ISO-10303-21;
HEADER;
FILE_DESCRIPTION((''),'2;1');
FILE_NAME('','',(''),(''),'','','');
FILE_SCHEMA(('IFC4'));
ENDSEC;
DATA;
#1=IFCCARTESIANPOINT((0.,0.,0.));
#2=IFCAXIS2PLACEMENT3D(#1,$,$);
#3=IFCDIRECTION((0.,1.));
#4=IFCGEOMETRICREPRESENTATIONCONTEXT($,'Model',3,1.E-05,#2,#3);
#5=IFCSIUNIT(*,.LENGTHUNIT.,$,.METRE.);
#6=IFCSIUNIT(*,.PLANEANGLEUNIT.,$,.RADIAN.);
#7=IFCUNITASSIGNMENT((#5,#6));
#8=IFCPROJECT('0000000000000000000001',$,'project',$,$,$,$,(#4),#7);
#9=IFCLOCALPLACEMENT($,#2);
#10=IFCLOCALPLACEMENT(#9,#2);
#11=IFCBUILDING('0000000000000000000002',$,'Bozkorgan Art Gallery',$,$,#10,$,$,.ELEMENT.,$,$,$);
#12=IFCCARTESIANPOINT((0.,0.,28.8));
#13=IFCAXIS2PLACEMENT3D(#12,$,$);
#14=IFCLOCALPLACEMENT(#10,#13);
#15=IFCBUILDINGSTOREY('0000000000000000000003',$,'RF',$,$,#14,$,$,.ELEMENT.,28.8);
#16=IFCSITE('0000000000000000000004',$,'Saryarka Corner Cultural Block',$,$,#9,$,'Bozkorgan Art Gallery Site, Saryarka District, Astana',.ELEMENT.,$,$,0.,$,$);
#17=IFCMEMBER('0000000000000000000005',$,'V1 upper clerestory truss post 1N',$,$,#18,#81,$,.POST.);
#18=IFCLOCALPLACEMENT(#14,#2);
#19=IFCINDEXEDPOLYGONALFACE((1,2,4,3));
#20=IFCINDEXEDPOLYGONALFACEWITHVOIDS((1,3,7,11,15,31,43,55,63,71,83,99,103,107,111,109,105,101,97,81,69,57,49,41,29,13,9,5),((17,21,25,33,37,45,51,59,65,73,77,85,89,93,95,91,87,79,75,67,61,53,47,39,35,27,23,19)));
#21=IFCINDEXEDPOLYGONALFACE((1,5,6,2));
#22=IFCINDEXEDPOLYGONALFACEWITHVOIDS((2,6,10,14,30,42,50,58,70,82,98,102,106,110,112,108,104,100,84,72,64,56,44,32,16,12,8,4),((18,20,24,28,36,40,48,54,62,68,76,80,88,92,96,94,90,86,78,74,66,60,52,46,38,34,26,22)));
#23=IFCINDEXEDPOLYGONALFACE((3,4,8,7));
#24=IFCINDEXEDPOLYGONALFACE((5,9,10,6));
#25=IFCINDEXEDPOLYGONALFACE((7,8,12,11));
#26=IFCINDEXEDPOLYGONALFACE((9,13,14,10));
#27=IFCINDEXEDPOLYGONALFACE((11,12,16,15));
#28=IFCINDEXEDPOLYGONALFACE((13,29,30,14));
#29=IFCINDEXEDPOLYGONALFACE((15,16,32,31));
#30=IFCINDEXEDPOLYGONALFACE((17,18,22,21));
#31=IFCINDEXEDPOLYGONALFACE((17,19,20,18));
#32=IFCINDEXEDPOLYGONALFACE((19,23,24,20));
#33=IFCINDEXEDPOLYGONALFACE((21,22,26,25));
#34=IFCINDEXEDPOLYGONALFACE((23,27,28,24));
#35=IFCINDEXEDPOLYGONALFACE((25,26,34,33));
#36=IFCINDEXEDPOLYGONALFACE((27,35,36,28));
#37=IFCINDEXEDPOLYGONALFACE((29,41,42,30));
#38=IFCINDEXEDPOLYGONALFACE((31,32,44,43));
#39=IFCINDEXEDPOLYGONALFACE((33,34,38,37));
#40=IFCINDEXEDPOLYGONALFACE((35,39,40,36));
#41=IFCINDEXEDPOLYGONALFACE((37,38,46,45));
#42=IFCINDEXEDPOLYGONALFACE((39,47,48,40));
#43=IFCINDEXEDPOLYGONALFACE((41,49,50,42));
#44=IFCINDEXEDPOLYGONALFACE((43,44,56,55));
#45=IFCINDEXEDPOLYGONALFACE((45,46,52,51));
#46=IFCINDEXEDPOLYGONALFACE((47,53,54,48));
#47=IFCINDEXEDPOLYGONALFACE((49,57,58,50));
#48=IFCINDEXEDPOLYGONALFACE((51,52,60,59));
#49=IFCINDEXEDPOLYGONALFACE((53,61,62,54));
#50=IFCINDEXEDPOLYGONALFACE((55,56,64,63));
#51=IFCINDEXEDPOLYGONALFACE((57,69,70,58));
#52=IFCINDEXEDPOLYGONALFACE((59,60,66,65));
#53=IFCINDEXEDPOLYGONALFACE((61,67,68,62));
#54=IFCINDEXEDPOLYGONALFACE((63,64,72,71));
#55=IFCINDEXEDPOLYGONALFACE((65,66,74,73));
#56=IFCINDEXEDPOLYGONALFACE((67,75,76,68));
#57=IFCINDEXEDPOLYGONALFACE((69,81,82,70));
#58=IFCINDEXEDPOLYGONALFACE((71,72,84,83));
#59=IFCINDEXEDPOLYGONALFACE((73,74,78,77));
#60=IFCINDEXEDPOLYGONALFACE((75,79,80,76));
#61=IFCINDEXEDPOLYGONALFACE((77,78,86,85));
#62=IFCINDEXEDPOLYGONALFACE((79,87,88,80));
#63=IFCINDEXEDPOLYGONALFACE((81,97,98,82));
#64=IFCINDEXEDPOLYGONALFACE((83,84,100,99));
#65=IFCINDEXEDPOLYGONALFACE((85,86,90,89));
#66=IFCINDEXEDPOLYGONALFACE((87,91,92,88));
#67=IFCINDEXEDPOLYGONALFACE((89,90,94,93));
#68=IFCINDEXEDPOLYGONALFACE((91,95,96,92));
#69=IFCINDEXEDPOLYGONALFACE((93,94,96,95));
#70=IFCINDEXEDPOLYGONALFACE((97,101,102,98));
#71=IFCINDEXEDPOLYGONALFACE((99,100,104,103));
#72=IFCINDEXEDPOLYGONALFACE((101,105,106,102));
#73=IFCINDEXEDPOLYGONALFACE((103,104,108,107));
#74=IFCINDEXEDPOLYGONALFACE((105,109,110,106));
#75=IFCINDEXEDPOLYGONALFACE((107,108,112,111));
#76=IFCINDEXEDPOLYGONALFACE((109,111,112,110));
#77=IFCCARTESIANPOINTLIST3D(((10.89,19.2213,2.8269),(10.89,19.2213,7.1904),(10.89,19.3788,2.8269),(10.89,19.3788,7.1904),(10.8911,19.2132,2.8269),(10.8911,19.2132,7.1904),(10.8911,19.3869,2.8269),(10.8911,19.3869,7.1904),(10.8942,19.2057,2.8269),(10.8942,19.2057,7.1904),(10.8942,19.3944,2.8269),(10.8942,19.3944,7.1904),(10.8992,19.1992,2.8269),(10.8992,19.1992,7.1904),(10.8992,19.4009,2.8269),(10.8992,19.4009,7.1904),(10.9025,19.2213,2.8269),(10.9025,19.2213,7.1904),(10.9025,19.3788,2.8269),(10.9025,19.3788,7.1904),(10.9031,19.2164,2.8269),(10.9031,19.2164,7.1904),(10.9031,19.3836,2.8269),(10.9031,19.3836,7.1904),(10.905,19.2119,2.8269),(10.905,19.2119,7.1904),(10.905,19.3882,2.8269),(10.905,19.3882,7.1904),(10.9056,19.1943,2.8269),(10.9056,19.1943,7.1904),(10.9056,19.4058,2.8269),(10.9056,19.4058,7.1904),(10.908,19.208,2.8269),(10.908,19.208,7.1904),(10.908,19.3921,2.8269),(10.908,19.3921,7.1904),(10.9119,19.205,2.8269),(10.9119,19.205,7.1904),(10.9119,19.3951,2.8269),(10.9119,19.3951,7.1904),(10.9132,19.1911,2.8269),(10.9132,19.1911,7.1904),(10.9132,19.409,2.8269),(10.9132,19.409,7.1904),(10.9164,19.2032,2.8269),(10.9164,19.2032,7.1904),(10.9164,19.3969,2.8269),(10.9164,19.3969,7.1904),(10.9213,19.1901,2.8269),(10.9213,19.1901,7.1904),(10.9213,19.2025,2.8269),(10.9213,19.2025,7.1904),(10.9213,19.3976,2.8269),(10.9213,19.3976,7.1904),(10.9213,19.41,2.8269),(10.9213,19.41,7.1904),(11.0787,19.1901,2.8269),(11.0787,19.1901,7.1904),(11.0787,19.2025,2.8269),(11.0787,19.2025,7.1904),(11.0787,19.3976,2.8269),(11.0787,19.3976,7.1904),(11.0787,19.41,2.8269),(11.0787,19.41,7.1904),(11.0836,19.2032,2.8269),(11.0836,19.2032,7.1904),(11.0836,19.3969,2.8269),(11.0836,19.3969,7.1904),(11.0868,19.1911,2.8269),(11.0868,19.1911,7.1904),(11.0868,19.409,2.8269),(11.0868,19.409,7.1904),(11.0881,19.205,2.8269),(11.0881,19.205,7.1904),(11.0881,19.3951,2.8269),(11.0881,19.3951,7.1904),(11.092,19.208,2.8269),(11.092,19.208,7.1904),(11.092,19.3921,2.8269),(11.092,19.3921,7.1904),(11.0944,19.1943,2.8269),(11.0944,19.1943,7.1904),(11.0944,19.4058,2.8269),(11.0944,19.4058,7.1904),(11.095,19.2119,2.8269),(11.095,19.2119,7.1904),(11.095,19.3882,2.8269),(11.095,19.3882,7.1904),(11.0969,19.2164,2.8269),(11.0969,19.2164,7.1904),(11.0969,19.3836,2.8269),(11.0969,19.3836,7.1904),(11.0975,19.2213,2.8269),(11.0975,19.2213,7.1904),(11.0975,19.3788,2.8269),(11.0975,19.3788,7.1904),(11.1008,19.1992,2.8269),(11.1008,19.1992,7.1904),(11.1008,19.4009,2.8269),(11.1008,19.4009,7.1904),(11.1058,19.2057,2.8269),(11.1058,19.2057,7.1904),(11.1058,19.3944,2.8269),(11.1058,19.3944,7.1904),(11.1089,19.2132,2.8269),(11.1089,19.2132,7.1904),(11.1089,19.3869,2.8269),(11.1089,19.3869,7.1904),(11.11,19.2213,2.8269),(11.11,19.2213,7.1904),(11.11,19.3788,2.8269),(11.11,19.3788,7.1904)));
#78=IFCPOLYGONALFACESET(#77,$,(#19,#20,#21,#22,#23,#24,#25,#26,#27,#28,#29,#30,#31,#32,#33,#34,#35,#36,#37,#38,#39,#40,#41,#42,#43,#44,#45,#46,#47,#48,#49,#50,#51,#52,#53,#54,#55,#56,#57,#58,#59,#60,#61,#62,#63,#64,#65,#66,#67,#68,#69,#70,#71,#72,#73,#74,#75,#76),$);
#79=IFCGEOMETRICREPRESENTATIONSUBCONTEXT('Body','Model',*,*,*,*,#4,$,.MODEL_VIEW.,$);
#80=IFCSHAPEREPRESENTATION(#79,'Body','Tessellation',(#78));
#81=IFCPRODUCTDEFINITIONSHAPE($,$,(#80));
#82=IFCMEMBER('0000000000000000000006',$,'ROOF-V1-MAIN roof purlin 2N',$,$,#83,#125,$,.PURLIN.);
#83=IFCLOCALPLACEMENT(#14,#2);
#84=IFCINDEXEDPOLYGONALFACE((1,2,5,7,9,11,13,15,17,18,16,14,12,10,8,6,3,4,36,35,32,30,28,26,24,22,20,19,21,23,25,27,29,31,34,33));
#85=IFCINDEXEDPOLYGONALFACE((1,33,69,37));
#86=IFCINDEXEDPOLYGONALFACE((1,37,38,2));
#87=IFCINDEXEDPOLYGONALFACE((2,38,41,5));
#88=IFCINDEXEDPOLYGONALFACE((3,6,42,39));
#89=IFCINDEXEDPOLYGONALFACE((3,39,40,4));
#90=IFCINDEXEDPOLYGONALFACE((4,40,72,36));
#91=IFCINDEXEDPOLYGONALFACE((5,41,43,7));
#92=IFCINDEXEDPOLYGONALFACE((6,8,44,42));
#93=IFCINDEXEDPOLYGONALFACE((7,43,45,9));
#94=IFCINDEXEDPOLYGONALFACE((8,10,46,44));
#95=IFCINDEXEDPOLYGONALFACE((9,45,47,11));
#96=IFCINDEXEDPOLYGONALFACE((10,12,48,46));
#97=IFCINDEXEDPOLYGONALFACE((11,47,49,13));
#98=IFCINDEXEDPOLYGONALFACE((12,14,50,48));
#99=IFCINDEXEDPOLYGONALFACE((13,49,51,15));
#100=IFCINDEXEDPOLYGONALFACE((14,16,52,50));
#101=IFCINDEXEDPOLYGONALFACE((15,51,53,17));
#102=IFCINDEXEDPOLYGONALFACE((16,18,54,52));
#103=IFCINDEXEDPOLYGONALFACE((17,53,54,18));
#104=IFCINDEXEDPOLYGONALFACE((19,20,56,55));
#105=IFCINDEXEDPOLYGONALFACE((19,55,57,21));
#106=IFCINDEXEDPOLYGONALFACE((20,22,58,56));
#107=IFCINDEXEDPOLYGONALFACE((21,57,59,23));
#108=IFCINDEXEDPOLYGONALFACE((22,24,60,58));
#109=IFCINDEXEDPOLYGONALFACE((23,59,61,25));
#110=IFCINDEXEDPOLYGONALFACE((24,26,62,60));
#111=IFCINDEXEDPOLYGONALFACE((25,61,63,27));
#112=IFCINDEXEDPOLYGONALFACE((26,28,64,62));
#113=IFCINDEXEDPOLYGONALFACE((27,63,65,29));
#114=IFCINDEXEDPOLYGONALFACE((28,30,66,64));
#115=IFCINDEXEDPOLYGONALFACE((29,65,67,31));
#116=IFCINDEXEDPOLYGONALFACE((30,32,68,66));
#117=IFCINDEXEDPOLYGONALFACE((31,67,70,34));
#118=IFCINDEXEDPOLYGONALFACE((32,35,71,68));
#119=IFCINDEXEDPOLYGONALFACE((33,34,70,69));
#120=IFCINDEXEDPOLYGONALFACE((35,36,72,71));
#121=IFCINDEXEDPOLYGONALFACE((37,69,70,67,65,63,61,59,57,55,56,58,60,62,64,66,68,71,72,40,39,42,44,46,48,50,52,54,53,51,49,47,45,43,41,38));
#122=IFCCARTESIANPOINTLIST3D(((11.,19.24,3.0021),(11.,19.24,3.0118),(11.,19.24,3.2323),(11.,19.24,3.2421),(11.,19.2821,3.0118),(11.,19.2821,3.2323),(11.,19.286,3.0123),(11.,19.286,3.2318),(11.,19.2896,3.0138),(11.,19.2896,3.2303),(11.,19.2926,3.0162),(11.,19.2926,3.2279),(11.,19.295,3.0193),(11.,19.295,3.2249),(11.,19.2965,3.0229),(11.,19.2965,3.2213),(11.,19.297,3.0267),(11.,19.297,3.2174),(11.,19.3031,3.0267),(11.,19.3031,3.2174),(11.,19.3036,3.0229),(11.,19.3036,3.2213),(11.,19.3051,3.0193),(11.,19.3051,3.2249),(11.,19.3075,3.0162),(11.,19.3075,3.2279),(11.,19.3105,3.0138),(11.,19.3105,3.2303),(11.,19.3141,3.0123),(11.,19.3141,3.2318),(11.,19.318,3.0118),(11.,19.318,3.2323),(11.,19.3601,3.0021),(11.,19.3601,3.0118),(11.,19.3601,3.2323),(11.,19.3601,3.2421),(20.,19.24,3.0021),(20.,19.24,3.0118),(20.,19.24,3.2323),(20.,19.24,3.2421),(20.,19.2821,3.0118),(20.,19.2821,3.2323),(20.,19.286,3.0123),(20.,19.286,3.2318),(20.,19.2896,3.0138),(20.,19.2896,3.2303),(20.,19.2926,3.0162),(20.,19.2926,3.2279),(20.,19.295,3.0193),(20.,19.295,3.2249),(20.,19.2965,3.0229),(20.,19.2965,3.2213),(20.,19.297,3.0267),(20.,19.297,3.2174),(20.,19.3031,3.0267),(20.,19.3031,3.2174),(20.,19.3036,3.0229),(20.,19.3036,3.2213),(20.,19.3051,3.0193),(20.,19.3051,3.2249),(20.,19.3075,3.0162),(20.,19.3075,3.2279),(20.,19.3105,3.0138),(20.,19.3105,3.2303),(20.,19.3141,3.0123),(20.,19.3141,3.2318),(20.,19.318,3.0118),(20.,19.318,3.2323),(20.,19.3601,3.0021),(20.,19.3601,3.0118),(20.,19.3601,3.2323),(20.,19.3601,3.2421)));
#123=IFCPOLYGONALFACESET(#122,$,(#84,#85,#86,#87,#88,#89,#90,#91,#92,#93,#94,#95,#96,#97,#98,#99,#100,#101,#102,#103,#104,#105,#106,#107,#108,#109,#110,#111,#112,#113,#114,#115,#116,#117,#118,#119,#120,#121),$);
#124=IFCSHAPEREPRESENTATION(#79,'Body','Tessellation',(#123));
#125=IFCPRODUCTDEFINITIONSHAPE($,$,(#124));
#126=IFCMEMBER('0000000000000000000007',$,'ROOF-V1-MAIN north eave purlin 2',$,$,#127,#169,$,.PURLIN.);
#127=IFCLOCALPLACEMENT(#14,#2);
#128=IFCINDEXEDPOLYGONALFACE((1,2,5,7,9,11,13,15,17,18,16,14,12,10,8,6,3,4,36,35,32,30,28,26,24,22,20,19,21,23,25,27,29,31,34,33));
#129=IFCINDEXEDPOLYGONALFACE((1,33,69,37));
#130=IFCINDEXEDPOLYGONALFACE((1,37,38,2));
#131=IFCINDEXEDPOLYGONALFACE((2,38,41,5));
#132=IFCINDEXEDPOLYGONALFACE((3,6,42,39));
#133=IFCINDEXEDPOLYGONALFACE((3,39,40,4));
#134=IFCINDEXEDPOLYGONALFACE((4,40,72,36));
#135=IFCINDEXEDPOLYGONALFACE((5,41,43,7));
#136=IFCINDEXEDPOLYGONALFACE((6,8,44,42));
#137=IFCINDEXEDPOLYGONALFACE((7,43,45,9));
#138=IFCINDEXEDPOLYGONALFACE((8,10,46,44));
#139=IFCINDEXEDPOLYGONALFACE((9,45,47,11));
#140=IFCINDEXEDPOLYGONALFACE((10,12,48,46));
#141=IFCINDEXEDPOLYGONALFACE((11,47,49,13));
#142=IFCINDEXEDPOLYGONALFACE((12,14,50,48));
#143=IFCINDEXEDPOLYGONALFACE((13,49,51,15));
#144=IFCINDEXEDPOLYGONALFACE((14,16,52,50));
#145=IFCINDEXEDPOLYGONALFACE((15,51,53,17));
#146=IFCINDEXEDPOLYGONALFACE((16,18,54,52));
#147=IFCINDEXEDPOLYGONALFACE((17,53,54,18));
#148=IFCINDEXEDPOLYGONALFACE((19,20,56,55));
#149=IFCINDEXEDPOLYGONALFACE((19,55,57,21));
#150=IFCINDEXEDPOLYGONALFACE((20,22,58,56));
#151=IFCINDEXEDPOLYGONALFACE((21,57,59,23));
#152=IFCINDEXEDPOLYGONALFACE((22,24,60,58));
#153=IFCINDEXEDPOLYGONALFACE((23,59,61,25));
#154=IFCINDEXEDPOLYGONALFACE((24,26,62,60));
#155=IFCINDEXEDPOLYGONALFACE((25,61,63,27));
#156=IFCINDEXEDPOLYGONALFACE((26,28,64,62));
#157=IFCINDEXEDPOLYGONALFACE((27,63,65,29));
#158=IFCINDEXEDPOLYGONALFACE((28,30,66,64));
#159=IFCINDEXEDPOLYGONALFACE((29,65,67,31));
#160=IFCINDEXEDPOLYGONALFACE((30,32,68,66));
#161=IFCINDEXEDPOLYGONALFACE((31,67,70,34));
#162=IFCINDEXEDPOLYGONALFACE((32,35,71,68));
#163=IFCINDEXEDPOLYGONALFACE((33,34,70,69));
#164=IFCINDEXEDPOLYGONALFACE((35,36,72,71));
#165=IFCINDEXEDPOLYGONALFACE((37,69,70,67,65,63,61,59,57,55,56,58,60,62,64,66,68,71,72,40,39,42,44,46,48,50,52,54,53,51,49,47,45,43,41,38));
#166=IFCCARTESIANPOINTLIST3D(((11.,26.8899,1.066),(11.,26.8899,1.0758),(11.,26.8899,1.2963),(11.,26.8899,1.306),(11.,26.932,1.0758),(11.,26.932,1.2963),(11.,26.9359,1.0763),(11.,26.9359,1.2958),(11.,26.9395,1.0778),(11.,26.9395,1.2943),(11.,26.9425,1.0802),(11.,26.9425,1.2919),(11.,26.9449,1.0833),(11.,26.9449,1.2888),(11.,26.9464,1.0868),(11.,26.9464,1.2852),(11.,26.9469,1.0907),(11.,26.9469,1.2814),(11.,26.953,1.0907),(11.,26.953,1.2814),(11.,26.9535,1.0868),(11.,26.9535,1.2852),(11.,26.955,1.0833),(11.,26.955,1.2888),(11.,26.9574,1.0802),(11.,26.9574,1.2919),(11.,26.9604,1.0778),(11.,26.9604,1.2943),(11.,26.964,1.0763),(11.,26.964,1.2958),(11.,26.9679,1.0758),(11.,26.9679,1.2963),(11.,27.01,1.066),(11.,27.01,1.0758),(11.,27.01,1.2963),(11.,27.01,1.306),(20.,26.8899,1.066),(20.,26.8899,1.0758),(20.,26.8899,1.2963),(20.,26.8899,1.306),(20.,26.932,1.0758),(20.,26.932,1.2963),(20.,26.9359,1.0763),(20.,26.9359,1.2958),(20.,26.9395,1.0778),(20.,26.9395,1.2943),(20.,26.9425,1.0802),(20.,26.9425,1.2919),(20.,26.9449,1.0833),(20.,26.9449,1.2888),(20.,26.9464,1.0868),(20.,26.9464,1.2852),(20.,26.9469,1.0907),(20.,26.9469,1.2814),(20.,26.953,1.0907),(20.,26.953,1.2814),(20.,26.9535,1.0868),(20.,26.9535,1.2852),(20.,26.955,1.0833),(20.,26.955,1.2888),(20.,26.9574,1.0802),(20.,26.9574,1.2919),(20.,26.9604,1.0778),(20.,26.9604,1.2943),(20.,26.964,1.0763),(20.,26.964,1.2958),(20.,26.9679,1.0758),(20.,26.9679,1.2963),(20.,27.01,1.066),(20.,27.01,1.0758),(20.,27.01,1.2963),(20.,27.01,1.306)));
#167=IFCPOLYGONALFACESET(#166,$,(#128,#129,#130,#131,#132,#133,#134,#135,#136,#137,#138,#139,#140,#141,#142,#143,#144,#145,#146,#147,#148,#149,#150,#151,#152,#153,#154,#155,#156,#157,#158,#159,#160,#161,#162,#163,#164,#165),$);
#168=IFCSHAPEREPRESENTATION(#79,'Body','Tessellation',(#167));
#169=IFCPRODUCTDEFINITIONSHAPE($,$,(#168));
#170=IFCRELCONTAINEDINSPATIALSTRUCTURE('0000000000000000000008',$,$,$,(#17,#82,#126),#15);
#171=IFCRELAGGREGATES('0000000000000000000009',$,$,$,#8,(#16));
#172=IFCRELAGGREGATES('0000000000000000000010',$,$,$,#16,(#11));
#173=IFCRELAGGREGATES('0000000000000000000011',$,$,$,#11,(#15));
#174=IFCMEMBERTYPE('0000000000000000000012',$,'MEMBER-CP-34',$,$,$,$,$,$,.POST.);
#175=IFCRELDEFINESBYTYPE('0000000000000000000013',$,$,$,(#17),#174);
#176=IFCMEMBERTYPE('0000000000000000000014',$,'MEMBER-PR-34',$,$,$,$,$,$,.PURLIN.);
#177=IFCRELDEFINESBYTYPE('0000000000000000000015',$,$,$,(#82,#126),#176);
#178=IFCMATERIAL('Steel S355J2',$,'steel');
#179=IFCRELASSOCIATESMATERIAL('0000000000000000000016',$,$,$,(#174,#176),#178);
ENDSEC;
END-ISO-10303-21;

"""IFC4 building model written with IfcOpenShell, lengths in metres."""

from ifc_helpers import new_model, si_unit, direction, frame, origin, origin_2d, place, context, subcontext, project, spatial, hollow_rectangle, i_section, extrude, material, material_profile, profile_set, type_object, element, save


model = new_model("IFC4")

# Units and contexts
model_context = context("Model", 3, precision=1e-05, world=origin(), true_north=direction((0.0, 1.0)))
body_context = subcontext(model_context, "Body", "Model", "MODEL_VIEW")
ifc_project = project(units=[si_unit("LENGTHUNIT", "METRE"), si_unit("PLANEANGLEUNIT", "RADIAN")], contexts=[model_context])

# Site, building, storey
site_placement = place(None, origin())
site = spatial("IfcSite", under=ifc_project, at=site_placement, Name="Saryarka Corner Cultural Block", LongName="Bozkorgan Art Gallery Site, Saryarka District, Astana", CompositionType="ELEMENT", RefElevation=0.0)
building_placement = place(site_placement, origin())
building = spatial("IfcBuilding", under=site, at=building_placement, Name="Bozkorgan Art Gallery", CompositionType="ELEMENT")
storey_placement = place(building_placement, frame((0.0, 0.0, 28.8)))
storey = spatial("IfcBuildingStorey", under=building, at=storey_placement, Name="RF", CompositionType="ELEMENT", Elevation=28.8)

# Shared definitions
ifc_material_1 = material(Name="Steel S355J2", Category="steel")

# Members
ifc_material_profile_1 = material_profile(ifc_material_1, hollow_rectangle(XDim=0.22, YDim=0.22, WallThickness=0.0125, InnerFilletRadius=0.0188, OuterFilletRadius=0.0312, at=origin_2d()), Name="SHS 220x220x12.5")
ifc_profile_set_1 = profile_set([ifc_material_profile_1], Name="Steel S355J2")
member_type_1 = type_object("IfcMemberType", Name="MEMBER-CP-34", PredefinedType="POST", material=ifc_profile_set_1)
member_1_placement = place(storey_placement, frame((11.0, 19.3, 2.8269), z_axis=(0.0, 0.0, 1.0), x_axis=(1.0, 0.0, 0.0)))
element("IfcMember", 1, at=member_1_placement, inside=storey, type_object=member_type_1, Name="V1 upper clerestory truss post 1N", PredefinedType="POST", context=body_context, shape_type="SweptSolid", body=[
    extrude(hollow_rectangle(XDim=0.22, YDim=0.22, WallThickness=0.0125, InnerFilletRadius=0.0188, OuterFilletRadius=0.0312, at=origin_2d()), origin(), (0.0, 0.0, 1.0), 4.3635),
])
ifc_material_profile_2 = material_profile(ifc_material_1, i_section(OverallWidth=0.1201, OverallDepth=0.24, WebThickness=0.0061, FlangeThickness=0.0098, FilletRadius=0.0149, at=origin_2d()), Name="IPE 240")
ifc_profile_set_2 = profile_set([ifc_material_profile_2], Name="Steel S355J2")
member_type_2 = type_object("IfcMemberType", Name="MEMBER-PR-34", PredefinedType="PURLIN", material=ifc_profile_set_2)
for number, where, z_axis, x_axis, name in (
    (2, (11.0, 19.3, 3.1221), (1.0, 0.0, 0.0), (0.0, 1.0, 0.0), "ROOF-V1-MAIN roof purlin 2N"),
    (3, (11.0, 26.95, 1.186), (1.0, 0.0, 0.0), (0.0, 1.0, 0.0), "ROOF-V1-MAIN north eave purlin 2"),
):
    element("IfcMember", number, at=place(storey_placement, frame(where, z_axis=z_axis, x_axis=x_axis)), inside=storey, type_object=member_type_2, Name=name, PredefinedType="PURLIN", context=body_context, shape_type="SweptSolid", body=[
        extrude(i_section(OverallWidth=0.1201, OverallDepth=0.24, WebThickness=0.0061, FlangeThickness=0.0098, FilletRadius=0.0149, at=origin_2d()), origin(), (0.0, 0.0, 1.0), 9.0),
    ])

save(model, "model.ifc")
